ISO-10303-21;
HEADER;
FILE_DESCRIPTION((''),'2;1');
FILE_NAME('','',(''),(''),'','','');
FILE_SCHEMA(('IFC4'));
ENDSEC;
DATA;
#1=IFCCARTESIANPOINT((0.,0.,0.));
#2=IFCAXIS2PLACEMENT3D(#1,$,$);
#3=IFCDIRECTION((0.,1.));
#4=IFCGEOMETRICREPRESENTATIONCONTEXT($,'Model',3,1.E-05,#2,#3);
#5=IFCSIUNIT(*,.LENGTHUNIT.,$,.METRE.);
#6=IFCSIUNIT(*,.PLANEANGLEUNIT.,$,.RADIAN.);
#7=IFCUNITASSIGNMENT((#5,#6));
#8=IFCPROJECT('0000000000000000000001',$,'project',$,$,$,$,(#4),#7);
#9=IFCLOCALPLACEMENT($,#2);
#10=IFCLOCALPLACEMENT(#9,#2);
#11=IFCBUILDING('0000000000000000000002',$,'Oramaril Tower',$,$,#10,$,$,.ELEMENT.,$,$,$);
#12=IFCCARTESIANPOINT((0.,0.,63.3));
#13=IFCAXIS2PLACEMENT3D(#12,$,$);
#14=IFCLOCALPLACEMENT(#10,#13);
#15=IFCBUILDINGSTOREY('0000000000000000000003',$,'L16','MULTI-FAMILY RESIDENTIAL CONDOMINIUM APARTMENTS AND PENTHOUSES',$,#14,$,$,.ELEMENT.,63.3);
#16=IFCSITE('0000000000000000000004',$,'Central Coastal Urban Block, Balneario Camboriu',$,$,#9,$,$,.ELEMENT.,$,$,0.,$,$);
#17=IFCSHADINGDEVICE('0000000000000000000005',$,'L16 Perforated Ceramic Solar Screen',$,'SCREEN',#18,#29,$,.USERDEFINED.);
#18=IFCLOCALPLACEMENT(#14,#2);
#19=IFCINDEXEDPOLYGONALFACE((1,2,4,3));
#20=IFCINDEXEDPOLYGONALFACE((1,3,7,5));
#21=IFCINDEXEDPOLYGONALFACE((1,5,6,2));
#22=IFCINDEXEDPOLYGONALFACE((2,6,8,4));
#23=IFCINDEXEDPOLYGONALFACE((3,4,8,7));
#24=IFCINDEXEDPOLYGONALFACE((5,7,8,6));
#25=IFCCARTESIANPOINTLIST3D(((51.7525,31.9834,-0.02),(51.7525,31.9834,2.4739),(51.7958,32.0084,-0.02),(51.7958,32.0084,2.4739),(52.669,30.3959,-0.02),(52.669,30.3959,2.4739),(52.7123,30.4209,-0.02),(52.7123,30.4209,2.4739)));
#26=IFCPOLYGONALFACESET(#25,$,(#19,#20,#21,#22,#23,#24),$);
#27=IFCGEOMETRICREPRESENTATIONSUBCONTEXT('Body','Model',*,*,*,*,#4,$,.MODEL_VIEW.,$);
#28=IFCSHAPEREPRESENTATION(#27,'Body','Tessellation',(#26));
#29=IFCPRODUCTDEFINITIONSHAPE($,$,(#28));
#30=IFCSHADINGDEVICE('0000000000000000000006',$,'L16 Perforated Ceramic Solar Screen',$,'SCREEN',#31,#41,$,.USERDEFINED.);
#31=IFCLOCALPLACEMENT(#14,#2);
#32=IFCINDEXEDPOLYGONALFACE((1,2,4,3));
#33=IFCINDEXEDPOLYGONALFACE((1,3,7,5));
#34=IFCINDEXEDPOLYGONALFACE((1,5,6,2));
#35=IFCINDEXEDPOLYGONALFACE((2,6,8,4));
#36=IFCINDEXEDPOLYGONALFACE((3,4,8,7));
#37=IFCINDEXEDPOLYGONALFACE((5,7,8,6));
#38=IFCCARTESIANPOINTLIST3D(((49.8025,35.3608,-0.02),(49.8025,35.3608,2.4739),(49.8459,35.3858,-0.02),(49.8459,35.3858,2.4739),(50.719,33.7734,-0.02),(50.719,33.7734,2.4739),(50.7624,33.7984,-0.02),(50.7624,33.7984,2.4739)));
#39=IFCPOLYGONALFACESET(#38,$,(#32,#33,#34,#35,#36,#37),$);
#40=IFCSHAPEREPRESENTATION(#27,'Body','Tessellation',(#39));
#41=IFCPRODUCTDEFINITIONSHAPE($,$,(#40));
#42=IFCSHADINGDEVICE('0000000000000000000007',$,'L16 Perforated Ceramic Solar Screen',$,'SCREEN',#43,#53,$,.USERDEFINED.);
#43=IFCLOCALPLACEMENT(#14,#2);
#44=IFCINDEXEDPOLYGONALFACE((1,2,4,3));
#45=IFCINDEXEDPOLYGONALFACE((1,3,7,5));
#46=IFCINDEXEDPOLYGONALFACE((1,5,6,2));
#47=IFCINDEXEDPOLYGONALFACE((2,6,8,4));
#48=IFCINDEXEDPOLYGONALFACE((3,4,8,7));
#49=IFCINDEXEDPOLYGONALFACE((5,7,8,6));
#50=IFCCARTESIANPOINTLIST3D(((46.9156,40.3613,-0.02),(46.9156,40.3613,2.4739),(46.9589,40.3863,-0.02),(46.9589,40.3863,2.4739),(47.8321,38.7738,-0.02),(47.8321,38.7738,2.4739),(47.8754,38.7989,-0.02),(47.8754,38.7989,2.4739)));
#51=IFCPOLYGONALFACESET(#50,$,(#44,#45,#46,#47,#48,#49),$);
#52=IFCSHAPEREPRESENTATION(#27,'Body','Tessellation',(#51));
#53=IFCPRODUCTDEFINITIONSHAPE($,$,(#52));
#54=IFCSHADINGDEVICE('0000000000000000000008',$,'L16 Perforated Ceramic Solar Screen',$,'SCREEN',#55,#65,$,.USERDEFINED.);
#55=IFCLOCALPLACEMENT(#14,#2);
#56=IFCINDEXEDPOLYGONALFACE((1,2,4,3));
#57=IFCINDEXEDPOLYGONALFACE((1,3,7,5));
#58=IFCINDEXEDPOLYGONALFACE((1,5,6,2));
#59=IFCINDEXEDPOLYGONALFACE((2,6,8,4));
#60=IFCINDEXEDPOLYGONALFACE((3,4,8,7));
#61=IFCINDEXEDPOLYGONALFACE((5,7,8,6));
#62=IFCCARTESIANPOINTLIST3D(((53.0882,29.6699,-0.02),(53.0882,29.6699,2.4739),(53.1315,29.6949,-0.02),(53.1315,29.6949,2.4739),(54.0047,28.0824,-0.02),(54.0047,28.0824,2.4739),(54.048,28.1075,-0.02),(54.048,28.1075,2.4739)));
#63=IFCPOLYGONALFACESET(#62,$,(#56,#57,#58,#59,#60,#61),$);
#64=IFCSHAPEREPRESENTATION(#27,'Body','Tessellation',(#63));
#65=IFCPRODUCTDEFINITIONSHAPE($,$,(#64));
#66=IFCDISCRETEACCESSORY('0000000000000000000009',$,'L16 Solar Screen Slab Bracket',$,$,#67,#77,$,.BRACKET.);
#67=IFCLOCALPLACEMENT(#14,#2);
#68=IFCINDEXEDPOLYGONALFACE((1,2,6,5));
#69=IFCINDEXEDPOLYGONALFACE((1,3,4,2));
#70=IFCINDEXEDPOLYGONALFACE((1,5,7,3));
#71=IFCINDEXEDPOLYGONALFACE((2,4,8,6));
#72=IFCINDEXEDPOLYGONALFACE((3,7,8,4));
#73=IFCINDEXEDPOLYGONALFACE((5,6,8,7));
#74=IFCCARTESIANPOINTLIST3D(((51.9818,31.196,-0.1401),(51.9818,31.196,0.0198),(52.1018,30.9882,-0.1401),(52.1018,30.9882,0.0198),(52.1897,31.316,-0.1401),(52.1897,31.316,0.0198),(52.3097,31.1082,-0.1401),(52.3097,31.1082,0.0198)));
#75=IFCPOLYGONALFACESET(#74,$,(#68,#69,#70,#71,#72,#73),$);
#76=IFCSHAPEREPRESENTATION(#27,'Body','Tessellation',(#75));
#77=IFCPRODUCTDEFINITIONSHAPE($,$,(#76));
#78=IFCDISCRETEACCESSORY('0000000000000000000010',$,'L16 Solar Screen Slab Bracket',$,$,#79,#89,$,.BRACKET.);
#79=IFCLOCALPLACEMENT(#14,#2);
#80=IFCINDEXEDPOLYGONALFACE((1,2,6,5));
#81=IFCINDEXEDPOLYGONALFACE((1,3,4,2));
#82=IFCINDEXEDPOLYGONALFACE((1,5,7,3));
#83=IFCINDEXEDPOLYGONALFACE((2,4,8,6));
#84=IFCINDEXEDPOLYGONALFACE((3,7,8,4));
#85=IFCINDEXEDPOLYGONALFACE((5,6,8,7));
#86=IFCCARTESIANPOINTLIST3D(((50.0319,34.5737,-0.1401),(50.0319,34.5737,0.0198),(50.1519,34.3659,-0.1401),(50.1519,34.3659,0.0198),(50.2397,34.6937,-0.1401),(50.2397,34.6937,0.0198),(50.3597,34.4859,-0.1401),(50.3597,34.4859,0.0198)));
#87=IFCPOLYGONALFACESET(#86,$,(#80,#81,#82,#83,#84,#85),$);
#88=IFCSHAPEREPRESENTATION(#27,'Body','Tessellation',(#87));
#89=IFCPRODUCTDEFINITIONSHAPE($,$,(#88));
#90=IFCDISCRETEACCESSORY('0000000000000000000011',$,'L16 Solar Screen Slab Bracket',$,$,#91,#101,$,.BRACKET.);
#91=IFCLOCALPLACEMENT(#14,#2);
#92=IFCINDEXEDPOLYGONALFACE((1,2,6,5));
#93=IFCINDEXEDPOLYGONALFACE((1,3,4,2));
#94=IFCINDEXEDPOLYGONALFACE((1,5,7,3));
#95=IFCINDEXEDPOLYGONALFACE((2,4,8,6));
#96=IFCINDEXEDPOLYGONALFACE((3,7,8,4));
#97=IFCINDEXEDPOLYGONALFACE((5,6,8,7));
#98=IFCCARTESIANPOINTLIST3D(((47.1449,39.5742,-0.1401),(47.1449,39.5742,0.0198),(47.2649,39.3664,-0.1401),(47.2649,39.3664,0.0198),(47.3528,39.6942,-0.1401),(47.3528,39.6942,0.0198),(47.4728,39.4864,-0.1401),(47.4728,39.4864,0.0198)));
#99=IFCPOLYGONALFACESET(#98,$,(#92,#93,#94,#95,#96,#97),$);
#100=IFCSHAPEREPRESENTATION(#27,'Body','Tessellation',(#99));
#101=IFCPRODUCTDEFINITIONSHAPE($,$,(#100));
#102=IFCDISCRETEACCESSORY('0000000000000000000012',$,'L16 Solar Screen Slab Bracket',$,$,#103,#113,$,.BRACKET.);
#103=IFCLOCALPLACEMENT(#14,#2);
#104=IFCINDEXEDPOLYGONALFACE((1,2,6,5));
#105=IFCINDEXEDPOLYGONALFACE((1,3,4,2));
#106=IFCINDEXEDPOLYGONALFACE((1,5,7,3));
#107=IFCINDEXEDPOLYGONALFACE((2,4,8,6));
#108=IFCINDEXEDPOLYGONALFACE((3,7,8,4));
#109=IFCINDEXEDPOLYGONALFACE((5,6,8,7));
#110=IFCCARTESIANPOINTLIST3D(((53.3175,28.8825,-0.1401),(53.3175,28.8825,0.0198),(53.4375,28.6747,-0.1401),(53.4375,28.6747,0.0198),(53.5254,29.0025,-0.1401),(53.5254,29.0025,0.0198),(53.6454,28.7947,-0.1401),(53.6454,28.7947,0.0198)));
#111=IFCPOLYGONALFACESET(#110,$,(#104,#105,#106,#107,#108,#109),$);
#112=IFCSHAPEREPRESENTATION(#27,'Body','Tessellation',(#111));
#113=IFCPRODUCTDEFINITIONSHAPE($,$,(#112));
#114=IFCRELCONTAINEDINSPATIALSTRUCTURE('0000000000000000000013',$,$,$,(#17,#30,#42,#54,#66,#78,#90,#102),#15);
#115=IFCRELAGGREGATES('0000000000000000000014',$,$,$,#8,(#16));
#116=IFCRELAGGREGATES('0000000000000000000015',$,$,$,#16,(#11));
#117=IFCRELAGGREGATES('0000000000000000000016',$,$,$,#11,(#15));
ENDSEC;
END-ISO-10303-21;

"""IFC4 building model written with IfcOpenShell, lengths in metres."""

from ifc_helpers import new_model, si_unit, direction, frame, origin, origin_2d, place, context, subcontext, project, spatial, rectangle, extrude, element, save


model = new_model("IFC4")

# Units and contexts
model_context = context("Model", 3, precision=1e-05, world=origin(), true_north=direction((0.0, 1.0)))
body_context = subcontext(model_context, "Body", "Model", "MODEL_VIEW")
ifc_project = project(units=[si_unit("LENGTHUNIT", "METRE"), si_unit("PLANEANGLEUNIT", "RADIAN")], contexts=[model_context])

# Site, building, storey
site_placement = place(None, origin())
site = spatial("IfcSite", under=ifc_project, at=site_placement, Name="Central Coastal Urban Block, Balneario Camboriu", CompositionType="ELEMENT", RefElevation=0.0)
building_placement = place(site_placement, origin())
building = spatial("IfcBuilding", under=site, at=building_placement, Name="Oramaril Tower", CompositionType="ELEMENT")
storey_placement = place(building_placement, frame((0.0, 0.0, 63.3)))
storey = spatial("IfcBuildingStorey", under=building, at=storey_placement, Name="L16", Description="MULTI-FAMILY RESIDENTIAL CONDOMINIUM APARTMENTS AND PENTHOUSES", CompositionType="ELEMENT", Elevation=63.3)

# Shading devices
for number, where, z_axis, x_axis, name in (
    (1, (52.2324, 31.2021, -0.02), (0.0, 0.0, 1.0), (-0.499998, 0.866026, 0.0), "L16 Perforated Ceramic Solar Screen"),
    (2, (50.2825, 34.5796, -0.02), (0.0, 0.0, 1.0), (-0.499998, 0.866026, 0.0), "L16 Perforated Ceramic Solar Screen"),
    (3, (47.3955, 39.5801, -0.02), (0.0, 0.0, 1.0), (-0.499998, 0.866026, 0.0), "L16 Perforated Ceramic Solar Screen"),
    (4, (53.5681, 28.8887, -0.02), (0.0, 0.0, 1.0), (-0.499998, 0.866026, 0.0), "L16 Perforated Ceramic Solar Screen"),
):
    element("IfcShadingDevice", number, at=place(storey_placement, frame(where, z_axis=z_axis, x_axis=x_axis)), inside=storey, Name=name, ObjectType="SCREEN", PredefinedType="USERDEFINED", context=body_context, shape_type="SweptSolid", body=[
        extrude(rectangle(XDim=1.833, YDim=0.05, at=origin_2d()), origin(), (0.0, 0.0, 1.0), 2.4939),
    ])

# Discrete accessories
for number, where, z_axis, x_axis, name in (
    (5, (52.1458, 31.1521, -0.1401), (0.0, 0.0, 1.0), (-0.499998, 0.866026, 0.0), "L16 Solar Screen Slab Bracket"),
    (6, (50.1958, 34.5298, -0.1401), (0.0, 0.0, 1.0), (-0.499998, 0.866026, 0.0), "L16 Solar Screen Slab Bracket"),
    (7, (47.3088, 39.5303, -0.1401), (0.0, 0.0, 1.0), (-0.499998, 0.866026, 0.0), "L16 Solar Screen Slab Bracket"),
    (8, (53.4814, 28.8386, -0.1401), (0.0, 0.0, 1.0), (-0.499998, 0.866026, 0.0), "L16 Solar Screen Slab Bracket"),
):
    element("IfcDiscreteAccessory", number, at=place(storey_placement, frame(where, z_axis=z_axis, x_axis=x_axis)), inside=storey, Name=name, PredefinedType="BRACKET", context=body_context, shape_type="SweptSolid", body=[
        extrude(rectangle(XDim=0.24, YDim=0.24, at=origin_2d()), origin(), (0.0, 0.0, 1.0), 0.1599),
    ])

save(model, "model.ifc")
